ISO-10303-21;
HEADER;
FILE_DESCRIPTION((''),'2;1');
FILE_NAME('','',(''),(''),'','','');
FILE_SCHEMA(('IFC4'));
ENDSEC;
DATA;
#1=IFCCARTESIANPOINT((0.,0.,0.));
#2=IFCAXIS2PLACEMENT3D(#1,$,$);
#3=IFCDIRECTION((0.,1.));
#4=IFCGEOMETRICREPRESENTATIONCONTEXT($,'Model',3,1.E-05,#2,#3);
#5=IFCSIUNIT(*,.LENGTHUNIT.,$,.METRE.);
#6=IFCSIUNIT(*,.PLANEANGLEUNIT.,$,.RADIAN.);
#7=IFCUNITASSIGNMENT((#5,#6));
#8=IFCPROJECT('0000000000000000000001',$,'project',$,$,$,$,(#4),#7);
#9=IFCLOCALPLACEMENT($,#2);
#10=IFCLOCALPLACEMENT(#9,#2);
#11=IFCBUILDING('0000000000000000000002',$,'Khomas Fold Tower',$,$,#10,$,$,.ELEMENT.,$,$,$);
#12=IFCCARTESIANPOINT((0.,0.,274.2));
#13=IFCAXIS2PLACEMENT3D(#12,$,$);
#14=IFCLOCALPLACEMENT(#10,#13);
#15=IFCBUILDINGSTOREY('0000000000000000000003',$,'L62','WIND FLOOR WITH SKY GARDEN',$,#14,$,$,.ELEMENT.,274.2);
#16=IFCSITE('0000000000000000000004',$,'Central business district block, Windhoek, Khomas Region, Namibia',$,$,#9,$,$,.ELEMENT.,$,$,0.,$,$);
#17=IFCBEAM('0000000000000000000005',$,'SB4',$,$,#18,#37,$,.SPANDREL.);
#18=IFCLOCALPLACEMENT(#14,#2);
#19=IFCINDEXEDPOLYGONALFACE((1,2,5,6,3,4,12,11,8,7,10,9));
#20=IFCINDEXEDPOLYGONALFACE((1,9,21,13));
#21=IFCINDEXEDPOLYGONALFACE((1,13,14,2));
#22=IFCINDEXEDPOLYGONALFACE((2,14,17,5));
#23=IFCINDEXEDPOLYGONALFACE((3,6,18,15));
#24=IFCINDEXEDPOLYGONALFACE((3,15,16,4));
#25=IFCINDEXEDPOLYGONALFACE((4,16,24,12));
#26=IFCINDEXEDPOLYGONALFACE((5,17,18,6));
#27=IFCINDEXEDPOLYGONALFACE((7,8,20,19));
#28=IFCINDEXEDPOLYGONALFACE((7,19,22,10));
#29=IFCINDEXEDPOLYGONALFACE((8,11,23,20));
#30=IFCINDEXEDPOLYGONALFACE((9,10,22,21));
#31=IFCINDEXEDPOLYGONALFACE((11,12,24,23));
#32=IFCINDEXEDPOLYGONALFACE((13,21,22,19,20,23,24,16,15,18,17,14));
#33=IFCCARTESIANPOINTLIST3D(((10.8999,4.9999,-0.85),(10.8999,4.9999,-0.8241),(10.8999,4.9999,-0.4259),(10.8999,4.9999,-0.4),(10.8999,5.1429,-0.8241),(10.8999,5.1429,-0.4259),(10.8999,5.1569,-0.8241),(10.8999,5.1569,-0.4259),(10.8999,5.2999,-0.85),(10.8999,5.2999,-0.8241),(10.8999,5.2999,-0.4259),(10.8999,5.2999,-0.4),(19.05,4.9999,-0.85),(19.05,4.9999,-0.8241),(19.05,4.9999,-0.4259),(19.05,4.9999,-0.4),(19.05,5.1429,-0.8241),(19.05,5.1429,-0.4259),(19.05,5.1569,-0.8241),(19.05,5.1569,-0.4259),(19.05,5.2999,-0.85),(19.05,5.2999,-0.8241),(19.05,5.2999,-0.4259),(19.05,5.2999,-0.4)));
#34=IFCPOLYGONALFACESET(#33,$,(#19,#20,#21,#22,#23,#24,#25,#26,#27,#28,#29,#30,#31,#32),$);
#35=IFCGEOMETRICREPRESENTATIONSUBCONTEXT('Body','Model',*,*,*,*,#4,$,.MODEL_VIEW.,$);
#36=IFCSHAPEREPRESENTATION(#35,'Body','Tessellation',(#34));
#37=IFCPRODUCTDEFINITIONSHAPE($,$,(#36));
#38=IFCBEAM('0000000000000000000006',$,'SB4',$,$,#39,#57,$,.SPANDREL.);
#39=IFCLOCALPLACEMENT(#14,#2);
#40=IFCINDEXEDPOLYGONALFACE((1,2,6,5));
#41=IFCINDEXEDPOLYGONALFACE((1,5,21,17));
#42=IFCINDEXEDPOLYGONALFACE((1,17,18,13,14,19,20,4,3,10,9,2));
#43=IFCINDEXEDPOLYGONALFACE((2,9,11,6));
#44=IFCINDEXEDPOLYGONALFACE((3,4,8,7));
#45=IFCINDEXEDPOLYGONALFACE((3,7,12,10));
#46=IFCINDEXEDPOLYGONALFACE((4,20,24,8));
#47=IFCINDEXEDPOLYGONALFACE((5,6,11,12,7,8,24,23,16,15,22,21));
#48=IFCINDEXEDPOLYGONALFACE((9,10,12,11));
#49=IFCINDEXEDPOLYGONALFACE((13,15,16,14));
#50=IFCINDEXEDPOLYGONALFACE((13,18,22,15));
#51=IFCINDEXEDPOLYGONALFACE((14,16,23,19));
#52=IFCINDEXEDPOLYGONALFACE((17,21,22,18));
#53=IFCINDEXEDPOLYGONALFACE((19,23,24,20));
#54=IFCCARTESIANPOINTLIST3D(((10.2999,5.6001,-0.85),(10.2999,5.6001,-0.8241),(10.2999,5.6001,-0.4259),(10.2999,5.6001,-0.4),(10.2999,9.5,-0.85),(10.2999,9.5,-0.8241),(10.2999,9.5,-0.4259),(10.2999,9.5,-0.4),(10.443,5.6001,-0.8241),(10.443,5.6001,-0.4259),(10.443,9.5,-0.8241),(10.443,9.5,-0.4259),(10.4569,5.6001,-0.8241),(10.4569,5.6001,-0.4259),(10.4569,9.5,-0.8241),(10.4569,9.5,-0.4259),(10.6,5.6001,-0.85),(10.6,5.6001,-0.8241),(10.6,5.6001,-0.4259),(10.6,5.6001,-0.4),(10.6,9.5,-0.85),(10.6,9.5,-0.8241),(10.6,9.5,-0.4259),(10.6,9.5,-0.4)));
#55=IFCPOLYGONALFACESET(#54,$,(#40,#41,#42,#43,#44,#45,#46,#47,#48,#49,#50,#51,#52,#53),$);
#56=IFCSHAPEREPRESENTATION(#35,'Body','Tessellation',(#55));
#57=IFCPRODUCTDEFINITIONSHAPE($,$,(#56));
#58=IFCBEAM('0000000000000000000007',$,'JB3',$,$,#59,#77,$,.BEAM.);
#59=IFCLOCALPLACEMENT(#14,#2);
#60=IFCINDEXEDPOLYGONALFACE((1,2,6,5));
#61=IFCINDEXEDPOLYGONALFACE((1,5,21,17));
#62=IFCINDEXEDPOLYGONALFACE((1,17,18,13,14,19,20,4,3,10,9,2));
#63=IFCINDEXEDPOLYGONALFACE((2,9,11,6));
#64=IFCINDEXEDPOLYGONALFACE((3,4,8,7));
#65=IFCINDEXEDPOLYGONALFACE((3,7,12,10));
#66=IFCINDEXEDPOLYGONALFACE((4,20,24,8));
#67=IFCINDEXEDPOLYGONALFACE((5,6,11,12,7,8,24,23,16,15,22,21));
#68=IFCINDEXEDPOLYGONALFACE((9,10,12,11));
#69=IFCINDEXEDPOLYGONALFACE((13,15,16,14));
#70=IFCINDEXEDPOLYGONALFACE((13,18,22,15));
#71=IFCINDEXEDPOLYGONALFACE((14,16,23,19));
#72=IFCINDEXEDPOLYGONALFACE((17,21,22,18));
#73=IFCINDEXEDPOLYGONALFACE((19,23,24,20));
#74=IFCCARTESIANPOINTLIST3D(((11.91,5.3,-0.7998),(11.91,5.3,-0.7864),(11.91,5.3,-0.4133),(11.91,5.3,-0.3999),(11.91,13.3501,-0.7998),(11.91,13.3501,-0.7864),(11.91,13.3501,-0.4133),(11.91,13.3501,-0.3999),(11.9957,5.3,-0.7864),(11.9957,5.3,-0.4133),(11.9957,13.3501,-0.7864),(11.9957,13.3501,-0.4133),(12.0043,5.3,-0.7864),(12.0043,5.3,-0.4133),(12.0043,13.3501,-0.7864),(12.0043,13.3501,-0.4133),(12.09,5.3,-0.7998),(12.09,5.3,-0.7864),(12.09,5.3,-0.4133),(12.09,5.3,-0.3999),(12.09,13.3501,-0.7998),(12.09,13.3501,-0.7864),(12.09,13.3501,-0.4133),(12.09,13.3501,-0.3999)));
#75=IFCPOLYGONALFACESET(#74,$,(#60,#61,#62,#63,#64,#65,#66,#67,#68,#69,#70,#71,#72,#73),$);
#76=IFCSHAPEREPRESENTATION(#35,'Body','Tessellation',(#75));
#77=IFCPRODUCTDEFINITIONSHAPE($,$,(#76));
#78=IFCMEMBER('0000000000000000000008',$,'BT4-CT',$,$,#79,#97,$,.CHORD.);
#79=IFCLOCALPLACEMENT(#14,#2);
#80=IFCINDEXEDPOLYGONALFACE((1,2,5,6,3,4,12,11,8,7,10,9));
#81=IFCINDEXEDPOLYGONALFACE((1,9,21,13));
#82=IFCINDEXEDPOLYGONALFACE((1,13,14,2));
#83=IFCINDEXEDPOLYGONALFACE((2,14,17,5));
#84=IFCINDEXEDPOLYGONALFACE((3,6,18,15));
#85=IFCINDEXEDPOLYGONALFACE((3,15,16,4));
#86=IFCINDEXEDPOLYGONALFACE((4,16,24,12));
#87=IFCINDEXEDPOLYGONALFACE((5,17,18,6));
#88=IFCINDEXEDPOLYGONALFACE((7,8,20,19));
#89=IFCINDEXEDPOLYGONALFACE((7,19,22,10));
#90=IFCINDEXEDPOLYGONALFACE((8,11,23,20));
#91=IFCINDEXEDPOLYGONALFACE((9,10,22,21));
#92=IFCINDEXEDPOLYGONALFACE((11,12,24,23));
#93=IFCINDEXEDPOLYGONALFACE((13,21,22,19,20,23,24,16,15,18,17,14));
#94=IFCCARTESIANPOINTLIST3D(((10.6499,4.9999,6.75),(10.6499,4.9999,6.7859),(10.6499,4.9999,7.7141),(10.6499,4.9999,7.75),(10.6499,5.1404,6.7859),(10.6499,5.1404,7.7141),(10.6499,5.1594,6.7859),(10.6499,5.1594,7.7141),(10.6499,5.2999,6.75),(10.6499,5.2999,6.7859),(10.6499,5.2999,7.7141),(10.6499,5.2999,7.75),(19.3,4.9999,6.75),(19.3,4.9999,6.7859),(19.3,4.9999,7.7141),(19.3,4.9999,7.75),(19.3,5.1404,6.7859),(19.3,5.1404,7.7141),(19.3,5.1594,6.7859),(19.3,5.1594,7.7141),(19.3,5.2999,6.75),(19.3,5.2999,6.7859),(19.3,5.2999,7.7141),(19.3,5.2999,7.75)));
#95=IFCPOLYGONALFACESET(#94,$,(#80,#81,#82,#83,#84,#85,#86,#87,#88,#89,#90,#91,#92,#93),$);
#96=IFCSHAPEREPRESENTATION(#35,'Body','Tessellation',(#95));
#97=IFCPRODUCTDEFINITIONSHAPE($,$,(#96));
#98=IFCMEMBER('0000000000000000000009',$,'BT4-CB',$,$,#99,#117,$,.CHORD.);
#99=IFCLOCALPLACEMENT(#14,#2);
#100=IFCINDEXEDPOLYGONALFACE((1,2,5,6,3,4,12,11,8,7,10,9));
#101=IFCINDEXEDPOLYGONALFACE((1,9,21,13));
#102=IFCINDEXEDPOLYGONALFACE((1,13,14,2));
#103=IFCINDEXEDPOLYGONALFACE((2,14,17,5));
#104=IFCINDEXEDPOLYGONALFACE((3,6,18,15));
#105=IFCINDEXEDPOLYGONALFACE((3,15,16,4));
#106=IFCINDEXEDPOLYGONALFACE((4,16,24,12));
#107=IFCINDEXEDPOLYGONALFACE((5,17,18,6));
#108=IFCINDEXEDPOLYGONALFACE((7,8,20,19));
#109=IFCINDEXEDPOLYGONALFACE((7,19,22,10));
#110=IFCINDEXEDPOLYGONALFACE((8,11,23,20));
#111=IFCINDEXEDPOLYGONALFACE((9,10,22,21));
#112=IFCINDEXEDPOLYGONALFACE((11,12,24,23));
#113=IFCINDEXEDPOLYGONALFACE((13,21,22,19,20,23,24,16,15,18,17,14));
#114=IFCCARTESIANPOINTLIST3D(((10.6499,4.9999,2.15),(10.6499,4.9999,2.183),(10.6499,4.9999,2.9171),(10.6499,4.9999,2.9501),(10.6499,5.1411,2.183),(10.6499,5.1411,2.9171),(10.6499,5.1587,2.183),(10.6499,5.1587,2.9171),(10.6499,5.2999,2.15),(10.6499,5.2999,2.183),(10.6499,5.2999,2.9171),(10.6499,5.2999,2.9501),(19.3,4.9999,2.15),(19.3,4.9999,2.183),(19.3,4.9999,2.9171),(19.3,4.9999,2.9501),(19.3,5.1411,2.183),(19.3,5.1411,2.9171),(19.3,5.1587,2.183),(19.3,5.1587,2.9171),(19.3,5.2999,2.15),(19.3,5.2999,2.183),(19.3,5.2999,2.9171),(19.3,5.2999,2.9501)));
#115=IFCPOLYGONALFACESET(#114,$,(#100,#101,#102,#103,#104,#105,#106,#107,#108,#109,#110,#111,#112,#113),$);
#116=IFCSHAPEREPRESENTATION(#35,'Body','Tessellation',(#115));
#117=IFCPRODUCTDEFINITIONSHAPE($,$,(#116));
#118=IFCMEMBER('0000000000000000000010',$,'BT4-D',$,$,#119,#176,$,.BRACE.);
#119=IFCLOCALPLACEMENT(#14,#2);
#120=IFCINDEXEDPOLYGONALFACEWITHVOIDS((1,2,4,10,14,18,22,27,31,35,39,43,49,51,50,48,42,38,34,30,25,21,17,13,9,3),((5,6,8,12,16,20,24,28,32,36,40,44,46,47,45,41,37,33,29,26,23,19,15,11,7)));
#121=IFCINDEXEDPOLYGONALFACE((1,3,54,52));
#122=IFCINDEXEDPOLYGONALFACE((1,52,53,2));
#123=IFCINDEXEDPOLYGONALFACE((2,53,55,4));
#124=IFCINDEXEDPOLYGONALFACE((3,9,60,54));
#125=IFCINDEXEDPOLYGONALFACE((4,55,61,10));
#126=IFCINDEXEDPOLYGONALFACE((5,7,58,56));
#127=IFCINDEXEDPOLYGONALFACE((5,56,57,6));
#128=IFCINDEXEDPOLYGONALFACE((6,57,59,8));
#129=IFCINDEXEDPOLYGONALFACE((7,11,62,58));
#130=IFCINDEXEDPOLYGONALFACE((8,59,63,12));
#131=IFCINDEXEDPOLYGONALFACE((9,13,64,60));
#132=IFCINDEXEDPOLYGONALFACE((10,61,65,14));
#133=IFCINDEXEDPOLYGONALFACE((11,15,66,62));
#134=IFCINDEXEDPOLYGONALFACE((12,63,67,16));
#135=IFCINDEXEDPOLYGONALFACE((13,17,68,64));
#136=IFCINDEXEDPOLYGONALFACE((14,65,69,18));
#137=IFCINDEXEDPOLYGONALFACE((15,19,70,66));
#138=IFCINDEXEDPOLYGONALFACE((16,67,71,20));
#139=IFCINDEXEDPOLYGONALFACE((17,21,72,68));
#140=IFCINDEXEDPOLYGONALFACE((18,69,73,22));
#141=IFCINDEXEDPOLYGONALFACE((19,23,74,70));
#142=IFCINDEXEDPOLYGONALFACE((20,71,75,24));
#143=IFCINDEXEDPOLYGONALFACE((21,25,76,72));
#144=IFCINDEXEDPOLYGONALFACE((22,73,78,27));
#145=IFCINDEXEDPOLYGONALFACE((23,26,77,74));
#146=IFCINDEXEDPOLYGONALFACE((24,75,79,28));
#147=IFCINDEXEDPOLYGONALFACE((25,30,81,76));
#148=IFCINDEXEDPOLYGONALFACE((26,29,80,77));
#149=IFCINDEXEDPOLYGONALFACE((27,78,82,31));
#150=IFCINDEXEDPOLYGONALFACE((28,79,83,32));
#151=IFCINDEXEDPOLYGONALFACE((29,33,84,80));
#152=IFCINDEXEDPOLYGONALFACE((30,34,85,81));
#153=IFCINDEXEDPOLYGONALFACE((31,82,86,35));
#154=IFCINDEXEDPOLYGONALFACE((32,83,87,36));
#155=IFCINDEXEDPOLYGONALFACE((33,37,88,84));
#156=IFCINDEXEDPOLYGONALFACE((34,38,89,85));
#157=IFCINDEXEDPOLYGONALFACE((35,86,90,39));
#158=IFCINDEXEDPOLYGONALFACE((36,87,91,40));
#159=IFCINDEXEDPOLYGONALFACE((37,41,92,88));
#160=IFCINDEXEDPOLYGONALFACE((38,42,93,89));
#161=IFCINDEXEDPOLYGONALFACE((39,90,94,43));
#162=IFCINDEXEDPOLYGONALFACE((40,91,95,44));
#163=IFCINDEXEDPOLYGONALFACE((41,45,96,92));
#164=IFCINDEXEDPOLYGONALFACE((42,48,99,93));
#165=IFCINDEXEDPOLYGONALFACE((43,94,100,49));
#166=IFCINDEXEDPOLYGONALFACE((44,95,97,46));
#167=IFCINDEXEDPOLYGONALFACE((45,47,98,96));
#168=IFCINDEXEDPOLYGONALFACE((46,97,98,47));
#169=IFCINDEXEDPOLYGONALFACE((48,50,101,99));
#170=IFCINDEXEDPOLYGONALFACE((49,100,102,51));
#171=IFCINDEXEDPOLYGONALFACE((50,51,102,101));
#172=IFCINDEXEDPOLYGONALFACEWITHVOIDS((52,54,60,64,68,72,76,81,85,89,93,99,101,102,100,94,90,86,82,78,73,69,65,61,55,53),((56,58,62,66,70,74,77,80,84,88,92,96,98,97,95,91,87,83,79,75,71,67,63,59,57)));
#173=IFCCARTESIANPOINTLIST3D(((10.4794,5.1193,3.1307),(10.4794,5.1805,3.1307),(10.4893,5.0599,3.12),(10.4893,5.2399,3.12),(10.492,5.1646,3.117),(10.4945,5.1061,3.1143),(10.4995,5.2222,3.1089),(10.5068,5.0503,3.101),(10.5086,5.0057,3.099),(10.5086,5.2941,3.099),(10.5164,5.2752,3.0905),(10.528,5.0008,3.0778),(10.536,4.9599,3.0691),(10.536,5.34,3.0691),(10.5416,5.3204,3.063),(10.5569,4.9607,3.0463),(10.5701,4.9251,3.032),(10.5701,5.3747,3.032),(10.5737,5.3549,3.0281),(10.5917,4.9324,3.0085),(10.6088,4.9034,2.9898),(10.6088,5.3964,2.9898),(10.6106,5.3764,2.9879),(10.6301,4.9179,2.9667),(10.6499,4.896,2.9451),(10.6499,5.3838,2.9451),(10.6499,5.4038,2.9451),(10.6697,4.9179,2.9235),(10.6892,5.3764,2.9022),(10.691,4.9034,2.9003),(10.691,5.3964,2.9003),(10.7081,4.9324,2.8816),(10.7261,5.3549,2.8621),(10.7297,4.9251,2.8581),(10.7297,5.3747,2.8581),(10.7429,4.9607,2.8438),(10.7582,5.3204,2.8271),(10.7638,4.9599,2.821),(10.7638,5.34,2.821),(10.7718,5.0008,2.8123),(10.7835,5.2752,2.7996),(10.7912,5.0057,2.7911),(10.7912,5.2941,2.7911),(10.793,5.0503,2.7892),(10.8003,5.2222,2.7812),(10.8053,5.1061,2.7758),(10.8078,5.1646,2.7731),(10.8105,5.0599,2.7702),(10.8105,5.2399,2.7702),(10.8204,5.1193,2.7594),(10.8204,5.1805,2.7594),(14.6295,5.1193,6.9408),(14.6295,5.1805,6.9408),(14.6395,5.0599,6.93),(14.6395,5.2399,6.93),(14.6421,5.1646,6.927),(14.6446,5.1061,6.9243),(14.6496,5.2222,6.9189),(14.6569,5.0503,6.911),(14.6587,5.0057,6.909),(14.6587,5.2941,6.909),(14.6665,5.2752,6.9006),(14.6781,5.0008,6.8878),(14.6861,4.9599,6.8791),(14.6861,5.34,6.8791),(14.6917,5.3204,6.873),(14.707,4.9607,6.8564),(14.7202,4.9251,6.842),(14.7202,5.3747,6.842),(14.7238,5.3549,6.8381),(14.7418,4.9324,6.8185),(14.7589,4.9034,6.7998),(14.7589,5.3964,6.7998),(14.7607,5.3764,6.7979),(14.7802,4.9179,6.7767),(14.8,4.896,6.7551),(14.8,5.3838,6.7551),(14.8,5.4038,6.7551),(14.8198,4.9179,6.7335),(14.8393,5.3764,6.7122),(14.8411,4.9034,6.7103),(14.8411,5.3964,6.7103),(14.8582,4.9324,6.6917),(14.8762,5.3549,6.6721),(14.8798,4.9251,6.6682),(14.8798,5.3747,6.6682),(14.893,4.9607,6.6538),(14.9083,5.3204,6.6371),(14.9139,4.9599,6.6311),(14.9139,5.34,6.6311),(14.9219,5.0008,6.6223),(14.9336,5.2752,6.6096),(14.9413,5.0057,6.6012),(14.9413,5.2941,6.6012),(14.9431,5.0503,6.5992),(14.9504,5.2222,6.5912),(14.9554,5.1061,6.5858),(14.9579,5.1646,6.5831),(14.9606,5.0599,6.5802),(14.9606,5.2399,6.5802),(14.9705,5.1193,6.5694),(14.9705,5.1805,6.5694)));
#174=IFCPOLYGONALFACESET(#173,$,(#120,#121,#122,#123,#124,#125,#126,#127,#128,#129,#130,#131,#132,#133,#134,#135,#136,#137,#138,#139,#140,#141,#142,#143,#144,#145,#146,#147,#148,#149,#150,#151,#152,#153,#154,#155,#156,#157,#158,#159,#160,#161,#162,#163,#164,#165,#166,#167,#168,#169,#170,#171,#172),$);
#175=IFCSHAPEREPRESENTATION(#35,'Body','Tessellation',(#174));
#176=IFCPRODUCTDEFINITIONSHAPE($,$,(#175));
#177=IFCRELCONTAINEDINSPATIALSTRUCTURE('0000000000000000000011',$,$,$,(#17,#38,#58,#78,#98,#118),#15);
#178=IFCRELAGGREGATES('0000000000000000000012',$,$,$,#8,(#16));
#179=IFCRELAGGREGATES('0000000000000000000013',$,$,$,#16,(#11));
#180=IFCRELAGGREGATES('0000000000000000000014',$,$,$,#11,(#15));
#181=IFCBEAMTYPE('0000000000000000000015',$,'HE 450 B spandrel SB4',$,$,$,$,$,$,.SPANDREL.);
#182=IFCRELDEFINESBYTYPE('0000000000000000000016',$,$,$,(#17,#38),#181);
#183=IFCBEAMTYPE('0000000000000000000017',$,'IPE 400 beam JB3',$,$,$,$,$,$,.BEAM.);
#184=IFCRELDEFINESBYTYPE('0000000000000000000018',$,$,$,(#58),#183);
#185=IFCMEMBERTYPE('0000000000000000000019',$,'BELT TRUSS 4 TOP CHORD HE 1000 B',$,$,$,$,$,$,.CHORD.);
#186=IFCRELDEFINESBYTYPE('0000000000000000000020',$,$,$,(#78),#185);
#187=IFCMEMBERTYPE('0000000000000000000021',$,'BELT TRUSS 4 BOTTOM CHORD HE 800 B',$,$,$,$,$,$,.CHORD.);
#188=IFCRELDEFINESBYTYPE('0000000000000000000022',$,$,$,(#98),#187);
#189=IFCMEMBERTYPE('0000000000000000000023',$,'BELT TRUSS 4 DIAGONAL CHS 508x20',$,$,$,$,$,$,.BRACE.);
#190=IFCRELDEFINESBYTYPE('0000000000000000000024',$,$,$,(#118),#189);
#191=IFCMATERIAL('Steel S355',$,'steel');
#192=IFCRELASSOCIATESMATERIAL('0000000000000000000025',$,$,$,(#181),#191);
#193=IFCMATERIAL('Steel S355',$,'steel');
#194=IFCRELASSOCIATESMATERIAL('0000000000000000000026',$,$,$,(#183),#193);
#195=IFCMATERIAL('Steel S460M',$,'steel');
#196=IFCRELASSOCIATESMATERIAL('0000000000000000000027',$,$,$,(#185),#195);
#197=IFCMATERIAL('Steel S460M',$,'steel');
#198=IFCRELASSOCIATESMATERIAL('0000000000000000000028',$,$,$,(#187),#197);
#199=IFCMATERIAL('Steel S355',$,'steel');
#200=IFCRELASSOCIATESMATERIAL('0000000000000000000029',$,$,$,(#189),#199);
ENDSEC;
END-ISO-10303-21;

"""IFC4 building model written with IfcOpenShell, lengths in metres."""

from ifc_helpers import new_model, si_unit, direction, frame, origin, origin_2d, place, context, subcontext, project, spatial, hollow_circle, i_section, extrude, source, transform, mapped, material, material_profile, profile_set, type_object, element, save


model = new_model("IFC4")

# Units and contexts
model_context = context("Model", 3, precision=1e-05, world=origin(), true_north=direction((0.0, 1.0)))
body_context = subcontext(model_context, "Body", "Model", "MODEL_VIEW")
ifc_project = project(units=[si_unit("LENGTHUNIT", "METRE"), si_unit("PLANEANGLEUNIT", "RADIAN")], contexts=[model_context])

# Site, building, storey
site_placement = place(None, origin())
site = spatial("IfcSite", under=ifc_project, at=site_placement, Name="Central business district block, Windhoek, Khomas Region, Namibia", CompositionType="ELEMENT", RefElevation=0.0)
building_placement = place(site_placement, origin())
building = spatial("IfcBuilding", under=site, at=building_placement, Name="Khomas Fold Tower", CompositionType="ELEMENT")
storey_placement = place(building_placement, frame((0.0, 0.0, 274.2)))
storey = spatial("IfcBuildingStorey", under=building, at=storey_placement, Name="L62", Description="WIND FLOOR WITH SKY GARDEN", CompositionType="ELEMENT", Elevation=274.2)

# Beams
ifc_material_1 = material(Name="Steel S355", Category="steel")
ifc_material_profile_1 = material_profile(ifc_material_1, i_section(OverallWidth=0.3, OverallDepth=0.45, WebThickness=0.0139, FlangeThickness=0.0259, at=origin_2d()), Name="HE 450 B")
ifc_profile_set_1 = profile_set([ifc_material_profile_1], Name="Steel S355")
beam_type_1 = type_object("IfcBeamType", Name="HE 450 B spandrel SB4", PredefinedType="SPANDREL", material=ifc_profile_set_1)
shared_shape_1 = source(origin(), body_context, "Body", "SweptSolid", [
    extrude(i_section(OverallWidth=0.3, OverallDepth=0.45, WebThickness=0.0139, FlangeThickness=0.0259, at=origin_2d()), origin(), (0.0, 0.0, 1.0), 8.1501),
])
beam_1_placement = place(storey_placement, frame((10.8999, 5.1499, -0.625), z_axis=(1.0, 0.0, 0.0), x_axis=(0.0, 1.0, 0.0)))
element("IfcBeam", 1, at=beam_1_placement, inside=storey, type_object=beam_type_1, Name="SB4", PredefinedType="SPANDREL", context=body_context, shape_type="MappedRepresentation", body=[
    mapped(shared_shape_1, transform((0.0, 0.0, 0.0))),
])
shared_shape_2 = source(origin(), body_context, "Body", "SweptSolid", [
    extrude(i_section(OverallWidth=0.3, OverallDepth=0.45, WebThickness=0.0139, FlangeThickness=0.0259, at=origin_2d()), origin(), (0.0, 0.0, 1.0), 3.8999),
])
beam_2_placement = place(storey_placement, frame((10.45, 5.6001, -0.625), z_axis=(0.0, 1.0, 0.0), x_axis=(-1.0, 0.0, 0.0)))
element("IfcBeam", 2, at=beam_2_placement, inside=storey, type_object=beam_type_1, Name="SB4", PredefinedType="SPANDREL", context=body_context, shape_type="MappedRepresentation", body=[
    mapped(shared_shape_2, transform((0.0, 0.0, 0.0))),
])
ifc_material_2 = material(Name="Steel S355", Category="steel")
ifc_material_profile_2 = material_profile(ifc_material_2, i_section(OverallWidth=0.1799, OverallDepth=0.3999, WebThickness=0.0085, FlangeThickness=0.0134, at=origin_2d()), Name="IPE 400")
ifc_profile_set_2 = profile_set([ifc_material_profile_2], Name="Steel S355")
beam_type_2 = type_object("IfcBeamType", Name="IPE 400 beam JB3", PredefinedType="BEAM", material=ifc_profile_set_2)
shared_shape_3 = source(origin(), body_context, "Body", "SweptSolid", [
    extrude(i_section(OverallWidth=0.1799, OverallDepth=0.3999, WebThickness=0.0085, FlangeThickness=0.0134, at=origin_2d()), origin(), (0.0, 0.0, 1.0), 8.05),
])
beam_3_placement = place(storey_placement, frame((12.0, 5.3, -0.5999), z_axis=(0.0, 1.0, 0.0), x_axis=(-1.0, 0.0, 0.0)))
element("IfcBeam", 3, at=beam_3_placement, inside=storey, type_object=beam_type_2, Name="JB3", PredefinedType="BEAM", context=body_context, shape_type="MappedRepresentation", body=[
    mapped(shared_shape_3, transform((0.0, 0.0, 0.0))),
])

# Members
ifc_material_3 = material(Name="Steel S460M", Category="steel")
ifc_material_profile_3 = material_profile(ifc_material_3, i_section(OverallWidth=0.3, OverallDepth=1.0, WebThickness=0.019, FlangeThickness=0.0359, at=origin_2d()), Name="HE 1000 B")
ifc_profile_set_3 = profile_set([ifc_material_profile_3], Name="Steel S460M")
member_type_1 = type_object("IfcMemberType", Name="BELT TRUSS 4 TOP CHORD HE 1000 B", PredefinedType="CHORD", material=ifc_profile_set_3)
shared_shape_4 = source(origin(), body_context, "Body", "SweptSolid", [
    extrude(i_section(OverallWidth=0.3, OverallDepth=1.0, WebThickness=0.019, FlangeThickness=0.0359, at=origin_2d()), origin(), (0.0, 0.0, 1.0), 8.6501),
])
member_1_placement = place(storey_placement, frame((10.6499, 5.1499, 7.25), z_axis=(1.0, 0.0, 0.0), x_axis=(0.0, 1.0, 0.0)))
element("IfcMember", 4, at=member_1_placement, inside=storey, type_object=member_type_1, Name="BT4-CT", PredefinedType="CHORD", context=body_context, shape_type="MappedRepresentation", body=[
    mapped(shared_shape_4, transform((0.0, 0.0, 0.0))),
])
ifc_material_4 = material(Name="Steel S460M", Category="steel")
ifc_material_profile_4 = material_profile(ifc_material_4, i_section(OverallWidth=0.3, OverallDepth=0.8, WebThickness=0.0176, FlangeThickness=0.033, at=origin_2d()), Name="HE 800 B")
ifc_profile_set_4 = profile_set([ifc_material_profile_4], Name="Steel S460M")
member_type_2 = type_object("IfcMemberType", Name="BELT TRUSS 4 BOTTOM CHORD HE 800 B", PredefinedType="CHORD", material=ifc_profile_set_4)
shared_shape_5 = source(origin(), body_context, "Body", "SweptSolid", [
    extrude(i_section(OverallWidth=0.3, OverallDepth=0.8, WebThickness=0.0176, FlangeThickness=0.033, at=origin_2d()), origin(), (0.0, 0.0, 1.0), 8.6501),
])
member_2_placement = place(storey_placement, frame((10.6499, 5.1499, 2.55), z_axis=(1.0, 0.0, 0.0), x_axis=(0.0, 1.0, 0.0)))
element("IfcMember", 5, at=member_2_placement, inside=storey, type_object=member_type_2, Name="BT4-CB", PredefinedType="CHORD", context=body_context, shape_type="MappedRepresentation", body=[
    mapped(shared_shape_5, transform((0.0, 0.0, 0.0))),
])
ifc_material_5 = material(Name="Steel S355", Category="steel")
ifc_material_profile_5 = material_profile(ifc_material_5, hollow_circle(Radius=0.2539, WallThickness=0.02, at=origin_2d()), Name="CHS 508x20")
ifc_profile_set_5 = profile_set([ifc_material_profile_5], Name="Steel S355")
member_type_3 = type_object("IfcMemberType", Name="BELT TRUSS 4 DIAGONAL CHS 508x20", PredefinedType="BRACE", material=ifc_profile_set_5)
shared_shape_6 = source(origin(), body_context, "Body", "SweptSolid", [
    extrude(hollow_circle(Radius=0.2539, WallThickness=0.02, at=origin_2d()), origin(), (0.0, 0.0, 1.0), 5.6338),
])
member_3_placement = place(storey_placement, frame((10.6499, 5.1499, 2.9451), z_axis=(0.736645, 0.0, 0.67628), x_axis=(0.0, 1.0, 0.0)))
element("IfcMember", 6, at=member_3_placement, inside=storey, type_object=member_type_3, Name="BT4-D", PredefinedType="BRACE", context=body_context, shape_type="MappedRepresentation", body=[
    mapped(shared_shape_6, transform((0.0, 0.0, 0.0))),
])

save(model, "model.ifc")
